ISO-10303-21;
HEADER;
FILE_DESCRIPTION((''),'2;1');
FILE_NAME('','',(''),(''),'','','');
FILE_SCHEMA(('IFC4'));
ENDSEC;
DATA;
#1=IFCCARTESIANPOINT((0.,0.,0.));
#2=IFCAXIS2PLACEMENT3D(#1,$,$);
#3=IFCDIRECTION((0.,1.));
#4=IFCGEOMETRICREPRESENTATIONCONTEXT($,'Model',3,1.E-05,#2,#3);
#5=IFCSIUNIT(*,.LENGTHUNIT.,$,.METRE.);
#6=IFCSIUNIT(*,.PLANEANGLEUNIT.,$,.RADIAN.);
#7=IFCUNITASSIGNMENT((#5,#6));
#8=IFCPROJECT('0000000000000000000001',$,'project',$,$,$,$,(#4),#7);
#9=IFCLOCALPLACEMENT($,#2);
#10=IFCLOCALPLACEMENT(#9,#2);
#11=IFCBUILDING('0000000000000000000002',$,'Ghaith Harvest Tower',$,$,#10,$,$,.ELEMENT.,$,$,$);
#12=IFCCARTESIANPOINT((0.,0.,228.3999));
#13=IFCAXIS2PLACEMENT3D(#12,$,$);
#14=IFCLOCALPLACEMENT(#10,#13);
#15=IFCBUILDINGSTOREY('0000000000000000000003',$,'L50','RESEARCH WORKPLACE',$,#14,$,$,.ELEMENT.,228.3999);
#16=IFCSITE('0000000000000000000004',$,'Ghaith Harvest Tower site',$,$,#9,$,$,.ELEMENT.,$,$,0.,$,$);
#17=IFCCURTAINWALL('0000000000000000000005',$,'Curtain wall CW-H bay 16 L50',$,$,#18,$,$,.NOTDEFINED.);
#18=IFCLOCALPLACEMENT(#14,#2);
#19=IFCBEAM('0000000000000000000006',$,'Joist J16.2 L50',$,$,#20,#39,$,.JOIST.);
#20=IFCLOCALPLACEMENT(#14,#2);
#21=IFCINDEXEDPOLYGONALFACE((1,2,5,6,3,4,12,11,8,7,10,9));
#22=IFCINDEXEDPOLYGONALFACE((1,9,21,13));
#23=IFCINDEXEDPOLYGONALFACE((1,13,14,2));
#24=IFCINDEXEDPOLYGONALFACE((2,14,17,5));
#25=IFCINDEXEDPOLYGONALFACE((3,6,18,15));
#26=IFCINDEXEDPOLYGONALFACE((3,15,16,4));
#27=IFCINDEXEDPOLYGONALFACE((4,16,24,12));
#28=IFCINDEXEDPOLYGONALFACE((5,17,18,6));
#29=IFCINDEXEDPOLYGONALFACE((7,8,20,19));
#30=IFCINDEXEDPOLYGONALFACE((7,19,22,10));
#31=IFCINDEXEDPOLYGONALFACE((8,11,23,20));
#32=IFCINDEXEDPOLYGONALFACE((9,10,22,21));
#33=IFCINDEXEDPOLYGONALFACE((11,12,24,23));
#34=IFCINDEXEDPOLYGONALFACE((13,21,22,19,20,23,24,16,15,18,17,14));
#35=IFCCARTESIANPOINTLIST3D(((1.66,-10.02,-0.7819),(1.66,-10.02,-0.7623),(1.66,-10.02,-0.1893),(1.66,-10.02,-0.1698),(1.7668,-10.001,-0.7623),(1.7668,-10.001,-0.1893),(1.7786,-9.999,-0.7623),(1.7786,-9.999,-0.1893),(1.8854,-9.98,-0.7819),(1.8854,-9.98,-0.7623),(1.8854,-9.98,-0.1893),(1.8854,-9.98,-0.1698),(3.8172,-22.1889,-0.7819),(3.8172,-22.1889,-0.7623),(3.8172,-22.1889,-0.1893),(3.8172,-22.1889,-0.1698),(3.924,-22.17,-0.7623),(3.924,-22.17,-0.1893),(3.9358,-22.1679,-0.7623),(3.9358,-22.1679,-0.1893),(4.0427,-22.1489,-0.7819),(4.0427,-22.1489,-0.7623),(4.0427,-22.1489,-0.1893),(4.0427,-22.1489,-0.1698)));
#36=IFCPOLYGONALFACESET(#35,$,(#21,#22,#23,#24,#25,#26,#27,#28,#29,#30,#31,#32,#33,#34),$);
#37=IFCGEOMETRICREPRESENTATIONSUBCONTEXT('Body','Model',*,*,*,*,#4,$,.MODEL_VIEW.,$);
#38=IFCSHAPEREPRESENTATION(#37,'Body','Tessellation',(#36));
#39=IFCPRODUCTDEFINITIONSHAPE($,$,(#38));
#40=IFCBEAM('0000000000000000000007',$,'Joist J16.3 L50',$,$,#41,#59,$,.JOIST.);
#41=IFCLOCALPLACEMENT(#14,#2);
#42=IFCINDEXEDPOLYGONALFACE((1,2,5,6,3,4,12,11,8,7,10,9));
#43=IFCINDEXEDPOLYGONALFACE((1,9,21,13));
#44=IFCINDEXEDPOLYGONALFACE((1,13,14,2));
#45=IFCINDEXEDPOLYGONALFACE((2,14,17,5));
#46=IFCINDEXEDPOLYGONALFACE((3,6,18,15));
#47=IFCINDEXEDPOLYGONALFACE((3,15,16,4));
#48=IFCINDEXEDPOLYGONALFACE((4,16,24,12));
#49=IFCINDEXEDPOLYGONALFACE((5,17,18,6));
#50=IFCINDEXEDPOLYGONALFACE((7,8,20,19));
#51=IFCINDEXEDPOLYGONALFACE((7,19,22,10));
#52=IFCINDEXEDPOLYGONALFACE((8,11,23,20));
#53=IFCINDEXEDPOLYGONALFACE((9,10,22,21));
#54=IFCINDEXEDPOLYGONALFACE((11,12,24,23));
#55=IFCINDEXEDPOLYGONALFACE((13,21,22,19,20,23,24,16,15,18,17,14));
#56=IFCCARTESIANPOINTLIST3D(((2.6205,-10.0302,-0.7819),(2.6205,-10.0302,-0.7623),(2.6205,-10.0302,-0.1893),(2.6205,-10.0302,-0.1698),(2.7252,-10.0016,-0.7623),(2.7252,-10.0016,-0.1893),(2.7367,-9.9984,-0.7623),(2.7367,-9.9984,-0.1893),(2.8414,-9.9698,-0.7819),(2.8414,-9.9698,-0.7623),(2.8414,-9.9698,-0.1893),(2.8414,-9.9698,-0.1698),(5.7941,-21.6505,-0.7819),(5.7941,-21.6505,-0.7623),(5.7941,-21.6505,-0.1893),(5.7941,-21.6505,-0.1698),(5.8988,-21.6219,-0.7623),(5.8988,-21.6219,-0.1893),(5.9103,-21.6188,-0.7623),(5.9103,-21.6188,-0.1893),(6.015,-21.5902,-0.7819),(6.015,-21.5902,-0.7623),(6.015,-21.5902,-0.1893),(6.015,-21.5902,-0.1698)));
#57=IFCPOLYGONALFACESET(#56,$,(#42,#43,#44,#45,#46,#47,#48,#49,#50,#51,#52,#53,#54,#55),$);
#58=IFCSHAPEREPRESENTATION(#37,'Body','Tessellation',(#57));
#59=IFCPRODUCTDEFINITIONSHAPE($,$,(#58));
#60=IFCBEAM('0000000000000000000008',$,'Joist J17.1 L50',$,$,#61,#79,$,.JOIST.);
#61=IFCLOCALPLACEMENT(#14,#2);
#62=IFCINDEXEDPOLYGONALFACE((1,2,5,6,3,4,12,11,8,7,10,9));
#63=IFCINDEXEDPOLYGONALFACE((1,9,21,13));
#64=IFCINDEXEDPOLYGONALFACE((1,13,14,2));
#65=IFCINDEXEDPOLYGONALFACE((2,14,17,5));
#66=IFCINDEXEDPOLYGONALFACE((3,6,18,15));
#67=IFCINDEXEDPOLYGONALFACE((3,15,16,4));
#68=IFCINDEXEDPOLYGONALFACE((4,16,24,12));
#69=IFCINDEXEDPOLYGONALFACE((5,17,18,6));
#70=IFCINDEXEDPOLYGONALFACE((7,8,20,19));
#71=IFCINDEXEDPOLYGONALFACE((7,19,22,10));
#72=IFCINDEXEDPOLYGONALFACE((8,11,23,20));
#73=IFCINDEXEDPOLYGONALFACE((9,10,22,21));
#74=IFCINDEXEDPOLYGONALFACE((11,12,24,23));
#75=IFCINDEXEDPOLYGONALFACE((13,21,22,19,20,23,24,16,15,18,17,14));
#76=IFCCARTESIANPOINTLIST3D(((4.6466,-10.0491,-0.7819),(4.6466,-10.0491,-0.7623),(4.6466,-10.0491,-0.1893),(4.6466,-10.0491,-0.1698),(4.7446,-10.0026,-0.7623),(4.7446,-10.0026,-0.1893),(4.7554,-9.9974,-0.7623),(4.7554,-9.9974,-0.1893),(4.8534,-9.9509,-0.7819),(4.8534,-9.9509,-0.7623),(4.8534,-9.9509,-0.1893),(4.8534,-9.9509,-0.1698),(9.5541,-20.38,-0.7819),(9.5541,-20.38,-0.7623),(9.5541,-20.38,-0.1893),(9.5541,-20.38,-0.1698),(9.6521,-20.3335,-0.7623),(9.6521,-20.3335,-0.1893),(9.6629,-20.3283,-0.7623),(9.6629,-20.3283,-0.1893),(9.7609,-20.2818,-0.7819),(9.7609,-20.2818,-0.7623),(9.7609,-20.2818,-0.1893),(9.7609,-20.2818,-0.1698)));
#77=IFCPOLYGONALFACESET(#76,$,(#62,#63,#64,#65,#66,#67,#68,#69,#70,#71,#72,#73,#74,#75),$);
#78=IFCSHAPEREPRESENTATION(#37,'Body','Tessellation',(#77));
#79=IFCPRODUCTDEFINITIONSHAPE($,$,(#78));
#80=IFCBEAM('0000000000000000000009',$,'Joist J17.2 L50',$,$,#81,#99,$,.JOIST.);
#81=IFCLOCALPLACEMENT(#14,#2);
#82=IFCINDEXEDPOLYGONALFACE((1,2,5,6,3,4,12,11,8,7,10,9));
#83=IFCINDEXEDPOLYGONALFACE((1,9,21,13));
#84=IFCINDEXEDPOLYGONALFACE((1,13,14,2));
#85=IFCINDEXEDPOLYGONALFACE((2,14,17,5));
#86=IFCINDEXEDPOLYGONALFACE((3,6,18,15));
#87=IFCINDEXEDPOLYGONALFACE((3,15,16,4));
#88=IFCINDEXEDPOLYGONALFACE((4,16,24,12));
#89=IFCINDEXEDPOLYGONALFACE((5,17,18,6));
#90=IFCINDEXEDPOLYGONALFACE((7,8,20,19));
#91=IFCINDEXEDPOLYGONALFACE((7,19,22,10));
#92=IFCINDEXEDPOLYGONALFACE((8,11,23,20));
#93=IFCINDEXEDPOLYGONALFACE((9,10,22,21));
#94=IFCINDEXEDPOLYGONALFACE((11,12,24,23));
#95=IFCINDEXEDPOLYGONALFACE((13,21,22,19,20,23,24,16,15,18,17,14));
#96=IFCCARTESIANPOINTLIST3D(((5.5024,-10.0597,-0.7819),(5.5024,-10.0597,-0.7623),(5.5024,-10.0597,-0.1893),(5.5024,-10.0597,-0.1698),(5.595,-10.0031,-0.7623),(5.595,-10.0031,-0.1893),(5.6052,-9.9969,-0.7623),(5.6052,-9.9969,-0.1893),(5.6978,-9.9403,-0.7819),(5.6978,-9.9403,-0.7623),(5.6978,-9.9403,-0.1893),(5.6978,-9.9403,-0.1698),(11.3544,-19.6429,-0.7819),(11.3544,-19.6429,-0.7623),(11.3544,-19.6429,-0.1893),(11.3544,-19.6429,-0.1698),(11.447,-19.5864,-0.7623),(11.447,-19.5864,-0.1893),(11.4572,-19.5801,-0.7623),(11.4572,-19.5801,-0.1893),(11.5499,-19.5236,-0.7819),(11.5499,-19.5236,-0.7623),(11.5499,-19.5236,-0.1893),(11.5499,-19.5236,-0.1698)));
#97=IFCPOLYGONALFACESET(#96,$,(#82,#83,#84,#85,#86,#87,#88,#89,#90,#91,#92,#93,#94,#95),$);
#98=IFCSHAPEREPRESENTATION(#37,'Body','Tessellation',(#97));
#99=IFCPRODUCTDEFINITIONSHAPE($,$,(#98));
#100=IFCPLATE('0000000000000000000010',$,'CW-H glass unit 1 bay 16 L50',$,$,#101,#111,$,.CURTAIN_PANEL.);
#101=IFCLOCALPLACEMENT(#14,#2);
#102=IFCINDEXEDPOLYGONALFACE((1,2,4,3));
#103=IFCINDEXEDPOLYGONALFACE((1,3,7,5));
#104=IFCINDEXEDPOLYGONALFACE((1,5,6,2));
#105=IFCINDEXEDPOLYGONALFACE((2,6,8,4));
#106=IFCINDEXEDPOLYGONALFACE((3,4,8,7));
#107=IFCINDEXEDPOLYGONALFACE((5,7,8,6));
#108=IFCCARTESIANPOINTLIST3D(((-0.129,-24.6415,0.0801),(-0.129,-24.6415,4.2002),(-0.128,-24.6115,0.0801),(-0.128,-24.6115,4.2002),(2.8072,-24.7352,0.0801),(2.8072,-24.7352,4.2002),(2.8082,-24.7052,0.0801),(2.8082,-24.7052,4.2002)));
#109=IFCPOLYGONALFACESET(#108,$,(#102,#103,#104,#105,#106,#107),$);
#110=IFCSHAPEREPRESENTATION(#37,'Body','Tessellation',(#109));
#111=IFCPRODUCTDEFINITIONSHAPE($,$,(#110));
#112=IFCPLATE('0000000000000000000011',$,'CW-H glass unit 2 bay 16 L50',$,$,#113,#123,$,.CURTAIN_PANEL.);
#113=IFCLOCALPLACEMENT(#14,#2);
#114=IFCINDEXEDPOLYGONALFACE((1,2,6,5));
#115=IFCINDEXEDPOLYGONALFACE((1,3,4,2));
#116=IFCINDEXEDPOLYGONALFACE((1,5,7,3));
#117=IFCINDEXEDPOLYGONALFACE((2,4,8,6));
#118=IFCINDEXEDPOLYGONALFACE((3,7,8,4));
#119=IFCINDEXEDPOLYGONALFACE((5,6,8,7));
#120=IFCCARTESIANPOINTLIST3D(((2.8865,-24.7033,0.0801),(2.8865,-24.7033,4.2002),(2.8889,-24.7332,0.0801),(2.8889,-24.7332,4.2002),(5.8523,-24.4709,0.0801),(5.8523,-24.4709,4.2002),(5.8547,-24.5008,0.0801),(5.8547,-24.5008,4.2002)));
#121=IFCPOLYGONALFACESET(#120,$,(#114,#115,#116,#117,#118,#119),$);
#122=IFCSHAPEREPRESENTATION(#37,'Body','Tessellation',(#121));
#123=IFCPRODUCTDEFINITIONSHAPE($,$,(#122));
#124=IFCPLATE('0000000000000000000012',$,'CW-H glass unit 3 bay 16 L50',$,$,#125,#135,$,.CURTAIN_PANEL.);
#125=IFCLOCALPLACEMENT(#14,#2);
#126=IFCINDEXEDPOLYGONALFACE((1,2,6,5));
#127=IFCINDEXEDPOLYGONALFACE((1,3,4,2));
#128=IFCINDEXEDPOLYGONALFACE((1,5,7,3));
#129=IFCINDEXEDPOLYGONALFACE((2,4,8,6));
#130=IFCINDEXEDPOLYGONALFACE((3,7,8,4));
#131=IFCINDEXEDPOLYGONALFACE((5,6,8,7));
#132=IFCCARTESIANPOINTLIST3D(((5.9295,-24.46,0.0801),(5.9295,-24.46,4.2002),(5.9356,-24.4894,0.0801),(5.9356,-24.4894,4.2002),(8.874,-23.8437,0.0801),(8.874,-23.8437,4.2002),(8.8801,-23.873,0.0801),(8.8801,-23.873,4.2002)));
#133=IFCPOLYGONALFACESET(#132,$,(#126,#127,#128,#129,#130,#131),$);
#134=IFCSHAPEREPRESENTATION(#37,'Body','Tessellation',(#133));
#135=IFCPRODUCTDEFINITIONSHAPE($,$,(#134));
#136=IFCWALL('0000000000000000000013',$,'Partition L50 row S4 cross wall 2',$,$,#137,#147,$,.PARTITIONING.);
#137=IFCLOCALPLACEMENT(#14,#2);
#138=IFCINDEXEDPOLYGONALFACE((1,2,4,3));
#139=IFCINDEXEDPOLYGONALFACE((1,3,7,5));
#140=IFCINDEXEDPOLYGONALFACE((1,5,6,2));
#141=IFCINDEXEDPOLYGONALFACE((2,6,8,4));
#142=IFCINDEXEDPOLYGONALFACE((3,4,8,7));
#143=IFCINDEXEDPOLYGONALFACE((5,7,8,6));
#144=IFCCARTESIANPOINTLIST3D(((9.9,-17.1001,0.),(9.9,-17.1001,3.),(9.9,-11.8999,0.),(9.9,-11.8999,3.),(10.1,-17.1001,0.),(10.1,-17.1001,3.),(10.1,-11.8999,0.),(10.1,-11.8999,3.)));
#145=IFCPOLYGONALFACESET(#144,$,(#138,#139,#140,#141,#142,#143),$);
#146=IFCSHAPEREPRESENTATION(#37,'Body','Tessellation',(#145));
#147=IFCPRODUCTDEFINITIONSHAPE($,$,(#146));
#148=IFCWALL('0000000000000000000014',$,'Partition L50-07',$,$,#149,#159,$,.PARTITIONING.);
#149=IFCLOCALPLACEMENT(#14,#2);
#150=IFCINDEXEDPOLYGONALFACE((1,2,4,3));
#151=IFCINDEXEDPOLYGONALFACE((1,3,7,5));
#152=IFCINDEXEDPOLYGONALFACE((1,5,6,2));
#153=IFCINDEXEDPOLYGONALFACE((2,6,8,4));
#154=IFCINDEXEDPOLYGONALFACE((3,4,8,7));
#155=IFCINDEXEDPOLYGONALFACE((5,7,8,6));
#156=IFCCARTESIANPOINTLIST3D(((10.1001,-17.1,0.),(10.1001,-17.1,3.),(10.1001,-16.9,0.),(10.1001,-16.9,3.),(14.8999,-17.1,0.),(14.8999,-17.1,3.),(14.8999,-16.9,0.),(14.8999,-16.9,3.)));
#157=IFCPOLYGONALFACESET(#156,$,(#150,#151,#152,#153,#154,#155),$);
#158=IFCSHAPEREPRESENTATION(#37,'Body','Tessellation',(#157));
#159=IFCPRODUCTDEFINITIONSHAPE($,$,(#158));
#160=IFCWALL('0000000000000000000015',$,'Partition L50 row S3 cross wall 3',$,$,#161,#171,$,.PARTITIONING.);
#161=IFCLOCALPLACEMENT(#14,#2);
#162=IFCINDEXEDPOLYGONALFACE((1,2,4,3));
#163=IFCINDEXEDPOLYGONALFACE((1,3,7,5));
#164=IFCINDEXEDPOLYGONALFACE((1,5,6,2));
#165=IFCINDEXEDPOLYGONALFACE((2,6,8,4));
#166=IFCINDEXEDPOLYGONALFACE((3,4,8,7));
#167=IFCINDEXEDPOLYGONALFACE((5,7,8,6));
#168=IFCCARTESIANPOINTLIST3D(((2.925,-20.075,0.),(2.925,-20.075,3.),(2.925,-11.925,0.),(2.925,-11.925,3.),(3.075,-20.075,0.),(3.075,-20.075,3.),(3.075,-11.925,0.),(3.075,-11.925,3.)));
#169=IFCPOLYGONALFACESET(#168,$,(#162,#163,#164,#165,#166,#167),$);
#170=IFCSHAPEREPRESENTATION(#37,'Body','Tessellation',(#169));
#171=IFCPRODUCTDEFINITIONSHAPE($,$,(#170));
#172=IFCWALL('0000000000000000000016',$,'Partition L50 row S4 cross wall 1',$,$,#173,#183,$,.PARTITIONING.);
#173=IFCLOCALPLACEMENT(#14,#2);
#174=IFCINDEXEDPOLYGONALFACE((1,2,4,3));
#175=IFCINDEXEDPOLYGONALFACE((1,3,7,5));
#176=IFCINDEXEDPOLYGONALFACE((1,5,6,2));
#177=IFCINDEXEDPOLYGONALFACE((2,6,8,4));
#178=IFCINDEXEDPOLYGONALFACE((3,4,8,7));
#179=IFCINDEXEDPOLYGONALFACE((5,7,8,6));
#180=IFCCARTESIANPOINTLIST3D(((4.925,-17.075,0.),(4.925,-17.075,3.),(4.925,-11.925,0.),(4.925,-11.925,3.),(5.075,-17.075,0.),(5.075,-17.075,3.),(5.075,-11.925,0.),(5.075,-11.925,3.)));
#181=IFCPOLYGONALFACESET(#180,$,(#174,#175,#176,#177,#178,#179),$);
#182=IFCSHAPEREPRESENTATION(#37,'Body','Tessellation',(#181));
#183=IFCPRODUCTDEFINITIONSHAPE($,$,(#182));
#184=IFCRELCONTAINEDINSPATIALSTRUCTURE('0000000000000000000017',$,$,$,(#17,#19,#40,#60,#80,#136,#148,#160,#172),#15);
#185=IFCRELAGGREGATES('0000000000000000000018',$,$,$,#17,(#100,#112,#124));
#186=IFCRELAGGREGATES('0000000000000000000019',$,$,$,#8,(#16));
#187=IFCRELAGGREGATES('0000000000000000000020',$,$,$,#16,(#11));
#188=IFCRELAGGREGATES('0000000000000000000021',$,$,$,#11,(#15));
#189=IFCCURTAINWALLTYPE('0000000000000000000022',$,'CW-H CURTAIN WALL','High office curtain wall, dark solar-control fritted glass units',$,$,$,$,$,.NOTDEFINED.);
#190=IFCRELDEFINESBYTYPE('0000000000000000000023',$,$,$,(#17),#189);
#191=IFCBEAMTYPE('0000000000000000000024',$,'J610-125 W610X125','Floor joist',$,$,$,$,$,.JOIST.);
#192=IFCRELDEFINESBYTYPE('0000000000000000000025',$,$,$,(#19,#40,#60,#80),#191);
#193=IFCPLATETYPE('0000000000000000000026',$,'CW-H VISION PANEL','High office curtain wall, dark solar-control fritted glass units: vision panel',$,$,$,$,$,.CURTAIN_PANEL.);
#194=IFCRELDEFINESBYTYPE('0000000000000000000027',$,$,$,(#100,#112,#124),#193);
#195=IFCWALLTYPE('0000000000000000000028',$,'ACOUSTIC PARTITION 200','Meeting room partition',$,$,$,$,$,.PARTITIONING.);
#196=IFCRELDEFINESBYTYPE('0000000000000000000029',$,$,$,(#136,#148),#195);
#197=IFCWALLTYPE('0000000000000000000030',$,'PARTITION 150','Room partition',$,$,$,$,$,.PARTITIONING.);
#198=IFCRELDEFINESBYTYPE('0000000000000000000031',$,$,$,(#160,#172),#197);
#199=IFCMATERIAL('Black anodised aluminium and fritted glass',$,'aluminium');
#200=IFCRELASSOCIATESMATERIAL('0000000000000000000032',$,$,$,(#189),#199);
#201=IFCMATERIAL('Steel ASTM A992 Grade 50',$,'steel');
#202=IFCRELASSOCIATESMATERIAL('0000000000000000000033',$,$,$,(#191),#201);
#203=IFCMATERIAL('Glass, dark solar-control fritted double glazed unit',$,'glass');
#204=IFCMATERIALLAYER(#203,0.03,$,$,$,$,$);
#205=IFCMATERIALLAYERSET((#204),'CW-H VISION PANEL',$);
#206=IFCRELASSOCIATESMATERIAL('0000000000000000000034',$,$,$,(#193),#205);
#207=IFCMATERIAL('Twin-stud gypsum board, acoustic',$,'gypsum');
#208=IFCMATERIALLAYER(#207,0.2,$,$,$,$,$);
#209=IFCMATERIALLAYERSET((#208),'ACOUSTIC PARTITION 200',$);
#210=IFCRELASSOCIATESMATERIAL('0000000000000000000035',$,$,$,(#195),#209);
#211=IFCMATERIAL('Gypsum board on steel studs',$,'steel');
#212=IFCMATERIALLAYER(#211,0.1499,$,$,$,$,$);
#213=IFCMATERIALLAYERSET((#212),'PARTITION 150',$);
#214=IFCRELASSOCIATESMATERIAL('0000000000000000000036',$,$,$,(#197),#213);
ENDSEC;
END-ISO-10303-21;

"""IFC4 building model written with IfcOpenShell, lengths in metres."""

from ifc_helpers import new_model, si_unit, direction, frame, frame_2d, origin, origin_2d, place, context, subcontext, project, spatial, rectangle, i_section, extrude, material, layer, layer_set, material_profile, profile_set, type_object, element, aggregate, save


model = new_model("IFC4")

# Units and contexts
model_context = context("Model", 3, precision=1e-05, world=origin(), true_north=direction((0.0, 1.0)))
body_context = subcontext(model_context, "Body", "Model", "MODEL_VIEW")
ifc_project = project(units=[si_unit("LENGTHUNIT", "METRE"), si_unit("PLANEANGLEUNIT", "RADIAN")], contexts=[model_context])

# Site, building, storey
site_placement = place(None, origin())
site = spatial("IfcSite", under=ifc_project, at=site_placement, Name="Ghaith Harvest Tower site", CompositionType="ELEMENT", RefElevation=0.0)
building_placement = place(site_placement, origin())
building = spatial("IfcBuilding", under=site, at=building_placement, Name="Ghaith Harvest Tower", CompositionType="ELEMENT")
storey_placement = place(building_placement, frame((0.0, 0.0, 228.3999)))
storey = spatial("IfcBuildingStorey", under=building, at=storey_placement, Name="L50", Description="RESEARCH WORKPLACE", CompositionType="ELEMENT", Elevation=228.3999)

# Curtain wall
ifc_material_1 = material(Name="Black anodised aluminium and fritted glass", Category="aluminium")
curtain_wall_type = type_object("IfcCurtainWallType", Name="CW-H CURTAIN WALL", Description="High office curtain wall, dark solar-control fritted glass units", PredefinedType="NOTDEFINED", material=ifc_material_1)
curtain_wall_1_placement = place(storey_placement, origin())
curtain_wall_1 = element("IfcCurtainWall", 1, at=curtain_wall_1_placement, inside=storey, type_object=curtain_wall_type, Name="Curtain wall CW-H bay 16 L50", PredefinedType="NOTDEFINED")

# Beams
ifc_material_2 = material(Name="Steel ASTM A992 Grade 50", Category="steel")
ifc_material_profile_1 = material_profile(ifc_material_2, i_section(OverallWidth=0.229, OverallDepth=0.6121, WebThickness=0.012, FlangeThickness=0.0195, at=origin_2d()), Name="W610X125")
ifc_profile_set_1 = profile_set([ifc_material_profile_1], Name="Steel ASTM A992 Grade 50")
beam_type_1 = type_object("IfcBeamType", Name="J610-125 W610X125", Description="Floor joist", PredefinedType="JOIST", material=ifc_profile_set_1)
beam_1_placement = place(storey_placement, frame((1.7727, -10.0, -0.4758), z_axis=(0.174552, -0.984648, 0.0), x_axis=(0.984648, 0.174552, 0.0)))
element("IfcBeam", 2, at=beam_1_placement, inside=storey, type_object=beam_type_1, Name="Joist J16.2 L50", PredefinedType="JOIST", context=body_context, shape_type="SweptSolid", body=[
    extrude(i_section(OverallWidth=0.229, OverallDepth=0.6121, WebThickness=0.012, FlangeThickness=0.0195, at=origin_2d()), origin(), (0.0, 0.0, 1.0), 12.3586),
])
beam_2_placement = place(storey_placement, frame((2.731, -10.0, -0.4758), z_axis=(0.263457, -0.964671, 0.0), x_axis=(0.964671, 0.263457, 0.0)))
element("IfcBeam", 3, at=beam_2_placement, inside=storey, type_object=beam_type_1, Name="Joist J16.3 L50", PredefinedType="JOIST", context=body_context, shape_type="SweptSolid", body=[
    extrude(i_section(OverallWidth=0.229, OverallDepth=0.6121, WebThickness=0.012, FlangeThickness=0.0195, at=origin_2d()), origin(), (0.0, 0.0, 1.0), 12.0459),
])
beam_3_placement = place(storey_placement, frame((4.75, -10.0, -0.4758), z_axis=(0.429081, -0.903266, 0.0), x_axis=(0.903266, 0.429081, 0.0)))
element("IfcBeam", 4, at=beam_3_placement, inside=storey, type_object=beam_type_1, Name="Joist J17.1 L50", PredefinedType="JOIST", context=body_context, shape_type="SweptSolid", body=[
    extrude(i_section(OverallWidth=0.229, OverallDepth=0.6121, WebThickness=0.012, FlangeThickness=0.0195, at=origin_2d()), origin(), (0.0, 0.0, 1.0), 11.4373),
])
beam_4_placement = place(storey_placement, frame((5.6001, -10.0, -0.4758), z_axis=(0.521166, -0.853455, 0.0), x_axis=(0.853455, 0.521166, 0.0)))
element("IfcBeam", 5, at=beam_4_placement, inside=storey, type_object=beam_type_1, Name="Joist J17.2 L50", PredefinedType="JOIST", context=body_context, shape_type="SweptSolid", body=[
    extrude(i_section(OverallWidth=0.229, OverallDepth=0.6121, WebThickness=0.012, FlangeThickness=0.0195, at=origin_2d()), origin(), (0.0, 0.0, 1.0), 11.2288),
])

# Plates
ifc_material_3 = material(Name="Glass, dark solar-control fritted double glazed unit", Category="glass")
ifc_layer_1 = layer(ifc_material_3, 0.03)
ifc_layer_set_1 = layer_set([ifc_layer_1], Name="CW-H VISION PANEL")
plate_type = type_object("IfcPlateType", Name="CW-H VISION PANEL", Description="High office curtain wall, dark solar-control fritted glass units: vision panel", PredefinedType="CURTAIN_PANEL", material=ifc_layer_set_1)
plate_1_placement = place(storey_placement, frame((1.3396, -24.6733, 0.0801), z_axis=(0.0, 0.0, 1.0), x_axis=(0.999491, -0.031894, 0.0)))
plate_1 = element("IfcPlate", 6, at=plate_1_placement, type_object=plate_type, Name="CW-H glass unit 1 bay 16 L50", PredefinedType="CURTAIN_PANEL", context=body_context, shape_type="SweptSolid", body=[
    extrude(rectangle(XDim=2.9377, YDim=0.03, at=origin_2d()), origin(), (0.0, 0.0, 1.0), 4.1201),
])
plate_2_placement = place(storey_placement, frame((4.3706, -24.6021, 0.0801), z_axis=(0.0, 0.0, 1.0), x_axis=(0.996945, 0.078101, 0.0)))
plate_2 = element("IfcPlate", 7, at=plate_2_placement, type_object=plate_type, Name="CW-H glass unit 2 bay 16 L50", PredefinedType="CURTAIN_PANEL", context=body_context, shape_type="SweptSolid", body=[
    extrude(rectangle(XDim=2.9749, YDim=0.03, at=origin_2d()), origin(), (0.0, 0.0, 1.0), 4.1201),
])
plate_3_placement = place(storey_placement, frame((7.4048, -24.1665, 0.0801), z_axis=(0.0, 0.0, 1.0), x_axis=(0.978789, 0.204872, 0.0)))
plate_3 = element("IfcPlate", 8, at=plate_3_placement, type_object=plate_type, Name="CW-H glass unit 3 bay 16 L50", PredefinedType="CURTAIN_PANEL", context=body_context, shape_type="SweptSolid", body=[
    extrude(rectangle(XDim=3.0083, YDim=0.03, at=origin_2d()), origin(), (0.0, 0.0, 1.0), 4.1201),
])
aggregate(curtain_wall_1, [plate_1, plate_2, plate_3])

# Wall
ifc_material_4 = material(Name="Twin-stud gypsum board, acoustic", Category="gypsum")
ifc_layer_2 = layer(ifc_material_4, 0.2)
ifc_layer_set_2 = layer_set([ifc_layer_2], Name="ACOUSTIC PARTITION 200")
wall_type_1 = type_object("IfcWallType", Name="ACOUSTIC PARTITION 200", Description="Meeting room partition", PredefinedType="PARTITIONING", material=ifc_layer_set_2)
wall_1_placement = place(storey_placement, frame((10.0, -11.8999, 0.0), z_axis=(0.0, 0.0, 1.0), x_axis=(0.0, -1.0, 0.0)))
element("IfcWall", 9, at=wall_1_placement, inside=storey, type_object=wall_type_1, Name="Partition L50 row S4 cross wall 2", PredefinedType="PARTITIONING", context=body_context, shape_type="SweptSolid", body=[
    extrude(rectangle(XDim=5.2002, YDim=0.2, at=frame_2d((2.6001, 0.0))), origin(), (0.0, 0.0, 1.0), 3.0),
])

# Walls
wall_2_placement = place(storey_placement, frame((10.1001, -17.0, 0.0), z_axis=(0.0, 0.0, 1.0), x_axis=(1.0, 0.0, 0.0)))
element("IfcWall", 10, at=wall_2_placement, inside=storey, type_object=wall_type_1, Name="Partition L50-07", PredefinedType="PARTITIONING", context=body_context, shape_type="SweptSolid", body=[
    extrude(rectangle(XDim=4.7998, YDim=0.2, at=frame_2d((2.3999, 0.0))), origin(), (0.0, 0.0, 1.0), 3.0),
])
ifc_material_5 = material(Name="Gypsum board on steel studs", Category="steel")
ifc_layer_3 = layer(ifc_material_5, 0.1499)
ifc_layer_set_3 = layer_set([ifc_layer_3], Name="PARTITION 150")
wall_type_2 = type_object("IfcWallType", Name="PARTITION 150", Description="Room partition", PredefinedType="PARTITIONING", material=ifc_layer_set_3)
wall_3_placement = place(storey_placement, frame((3.0, -11.925, 0.0), z_axis=(0.0, 0.0, 1.0), x_axis=(0.0, -1.0, 0.0)))
element("IfcWall", 11, at=wall_3_placement, inside=storey, type_object=wall_type_2, Name="Partition L50 row S3 cross wall 3", PredefinedType="PARTITIONING", context=body_context, shape_type="SweptSolid", body=[
    extrude(rectangle(XDim=8.1499, YDim=0.1499, at=frame_2d((4.075, 0.0))), origin(), (0.0, 0.0, 1.0), 3.0),
])
wall_4_placement = place(storey_placement, frame((5.0, -11.925, 0.0), z_axis=(0.0, 0.0, 1.0), x_axis=(0.0, -1.0, 0.0)))
element("IfcWall", 12, at=wall_4_placement, inside=storey, type_object=wall_type_2, Name="Partition L50 row S4 cross wall 1", PredefinedType="PARTITIONING", context=body_context, shape_type="SweptSolid", body=[
    extrude(rectangle(XDim=5.1499, YDim=0.1499, at=frame_2d((2.575, 0.0))), origin(), (0.0, 0.0, 1.0), 3.0),
])

save(model, "model.ifc")
